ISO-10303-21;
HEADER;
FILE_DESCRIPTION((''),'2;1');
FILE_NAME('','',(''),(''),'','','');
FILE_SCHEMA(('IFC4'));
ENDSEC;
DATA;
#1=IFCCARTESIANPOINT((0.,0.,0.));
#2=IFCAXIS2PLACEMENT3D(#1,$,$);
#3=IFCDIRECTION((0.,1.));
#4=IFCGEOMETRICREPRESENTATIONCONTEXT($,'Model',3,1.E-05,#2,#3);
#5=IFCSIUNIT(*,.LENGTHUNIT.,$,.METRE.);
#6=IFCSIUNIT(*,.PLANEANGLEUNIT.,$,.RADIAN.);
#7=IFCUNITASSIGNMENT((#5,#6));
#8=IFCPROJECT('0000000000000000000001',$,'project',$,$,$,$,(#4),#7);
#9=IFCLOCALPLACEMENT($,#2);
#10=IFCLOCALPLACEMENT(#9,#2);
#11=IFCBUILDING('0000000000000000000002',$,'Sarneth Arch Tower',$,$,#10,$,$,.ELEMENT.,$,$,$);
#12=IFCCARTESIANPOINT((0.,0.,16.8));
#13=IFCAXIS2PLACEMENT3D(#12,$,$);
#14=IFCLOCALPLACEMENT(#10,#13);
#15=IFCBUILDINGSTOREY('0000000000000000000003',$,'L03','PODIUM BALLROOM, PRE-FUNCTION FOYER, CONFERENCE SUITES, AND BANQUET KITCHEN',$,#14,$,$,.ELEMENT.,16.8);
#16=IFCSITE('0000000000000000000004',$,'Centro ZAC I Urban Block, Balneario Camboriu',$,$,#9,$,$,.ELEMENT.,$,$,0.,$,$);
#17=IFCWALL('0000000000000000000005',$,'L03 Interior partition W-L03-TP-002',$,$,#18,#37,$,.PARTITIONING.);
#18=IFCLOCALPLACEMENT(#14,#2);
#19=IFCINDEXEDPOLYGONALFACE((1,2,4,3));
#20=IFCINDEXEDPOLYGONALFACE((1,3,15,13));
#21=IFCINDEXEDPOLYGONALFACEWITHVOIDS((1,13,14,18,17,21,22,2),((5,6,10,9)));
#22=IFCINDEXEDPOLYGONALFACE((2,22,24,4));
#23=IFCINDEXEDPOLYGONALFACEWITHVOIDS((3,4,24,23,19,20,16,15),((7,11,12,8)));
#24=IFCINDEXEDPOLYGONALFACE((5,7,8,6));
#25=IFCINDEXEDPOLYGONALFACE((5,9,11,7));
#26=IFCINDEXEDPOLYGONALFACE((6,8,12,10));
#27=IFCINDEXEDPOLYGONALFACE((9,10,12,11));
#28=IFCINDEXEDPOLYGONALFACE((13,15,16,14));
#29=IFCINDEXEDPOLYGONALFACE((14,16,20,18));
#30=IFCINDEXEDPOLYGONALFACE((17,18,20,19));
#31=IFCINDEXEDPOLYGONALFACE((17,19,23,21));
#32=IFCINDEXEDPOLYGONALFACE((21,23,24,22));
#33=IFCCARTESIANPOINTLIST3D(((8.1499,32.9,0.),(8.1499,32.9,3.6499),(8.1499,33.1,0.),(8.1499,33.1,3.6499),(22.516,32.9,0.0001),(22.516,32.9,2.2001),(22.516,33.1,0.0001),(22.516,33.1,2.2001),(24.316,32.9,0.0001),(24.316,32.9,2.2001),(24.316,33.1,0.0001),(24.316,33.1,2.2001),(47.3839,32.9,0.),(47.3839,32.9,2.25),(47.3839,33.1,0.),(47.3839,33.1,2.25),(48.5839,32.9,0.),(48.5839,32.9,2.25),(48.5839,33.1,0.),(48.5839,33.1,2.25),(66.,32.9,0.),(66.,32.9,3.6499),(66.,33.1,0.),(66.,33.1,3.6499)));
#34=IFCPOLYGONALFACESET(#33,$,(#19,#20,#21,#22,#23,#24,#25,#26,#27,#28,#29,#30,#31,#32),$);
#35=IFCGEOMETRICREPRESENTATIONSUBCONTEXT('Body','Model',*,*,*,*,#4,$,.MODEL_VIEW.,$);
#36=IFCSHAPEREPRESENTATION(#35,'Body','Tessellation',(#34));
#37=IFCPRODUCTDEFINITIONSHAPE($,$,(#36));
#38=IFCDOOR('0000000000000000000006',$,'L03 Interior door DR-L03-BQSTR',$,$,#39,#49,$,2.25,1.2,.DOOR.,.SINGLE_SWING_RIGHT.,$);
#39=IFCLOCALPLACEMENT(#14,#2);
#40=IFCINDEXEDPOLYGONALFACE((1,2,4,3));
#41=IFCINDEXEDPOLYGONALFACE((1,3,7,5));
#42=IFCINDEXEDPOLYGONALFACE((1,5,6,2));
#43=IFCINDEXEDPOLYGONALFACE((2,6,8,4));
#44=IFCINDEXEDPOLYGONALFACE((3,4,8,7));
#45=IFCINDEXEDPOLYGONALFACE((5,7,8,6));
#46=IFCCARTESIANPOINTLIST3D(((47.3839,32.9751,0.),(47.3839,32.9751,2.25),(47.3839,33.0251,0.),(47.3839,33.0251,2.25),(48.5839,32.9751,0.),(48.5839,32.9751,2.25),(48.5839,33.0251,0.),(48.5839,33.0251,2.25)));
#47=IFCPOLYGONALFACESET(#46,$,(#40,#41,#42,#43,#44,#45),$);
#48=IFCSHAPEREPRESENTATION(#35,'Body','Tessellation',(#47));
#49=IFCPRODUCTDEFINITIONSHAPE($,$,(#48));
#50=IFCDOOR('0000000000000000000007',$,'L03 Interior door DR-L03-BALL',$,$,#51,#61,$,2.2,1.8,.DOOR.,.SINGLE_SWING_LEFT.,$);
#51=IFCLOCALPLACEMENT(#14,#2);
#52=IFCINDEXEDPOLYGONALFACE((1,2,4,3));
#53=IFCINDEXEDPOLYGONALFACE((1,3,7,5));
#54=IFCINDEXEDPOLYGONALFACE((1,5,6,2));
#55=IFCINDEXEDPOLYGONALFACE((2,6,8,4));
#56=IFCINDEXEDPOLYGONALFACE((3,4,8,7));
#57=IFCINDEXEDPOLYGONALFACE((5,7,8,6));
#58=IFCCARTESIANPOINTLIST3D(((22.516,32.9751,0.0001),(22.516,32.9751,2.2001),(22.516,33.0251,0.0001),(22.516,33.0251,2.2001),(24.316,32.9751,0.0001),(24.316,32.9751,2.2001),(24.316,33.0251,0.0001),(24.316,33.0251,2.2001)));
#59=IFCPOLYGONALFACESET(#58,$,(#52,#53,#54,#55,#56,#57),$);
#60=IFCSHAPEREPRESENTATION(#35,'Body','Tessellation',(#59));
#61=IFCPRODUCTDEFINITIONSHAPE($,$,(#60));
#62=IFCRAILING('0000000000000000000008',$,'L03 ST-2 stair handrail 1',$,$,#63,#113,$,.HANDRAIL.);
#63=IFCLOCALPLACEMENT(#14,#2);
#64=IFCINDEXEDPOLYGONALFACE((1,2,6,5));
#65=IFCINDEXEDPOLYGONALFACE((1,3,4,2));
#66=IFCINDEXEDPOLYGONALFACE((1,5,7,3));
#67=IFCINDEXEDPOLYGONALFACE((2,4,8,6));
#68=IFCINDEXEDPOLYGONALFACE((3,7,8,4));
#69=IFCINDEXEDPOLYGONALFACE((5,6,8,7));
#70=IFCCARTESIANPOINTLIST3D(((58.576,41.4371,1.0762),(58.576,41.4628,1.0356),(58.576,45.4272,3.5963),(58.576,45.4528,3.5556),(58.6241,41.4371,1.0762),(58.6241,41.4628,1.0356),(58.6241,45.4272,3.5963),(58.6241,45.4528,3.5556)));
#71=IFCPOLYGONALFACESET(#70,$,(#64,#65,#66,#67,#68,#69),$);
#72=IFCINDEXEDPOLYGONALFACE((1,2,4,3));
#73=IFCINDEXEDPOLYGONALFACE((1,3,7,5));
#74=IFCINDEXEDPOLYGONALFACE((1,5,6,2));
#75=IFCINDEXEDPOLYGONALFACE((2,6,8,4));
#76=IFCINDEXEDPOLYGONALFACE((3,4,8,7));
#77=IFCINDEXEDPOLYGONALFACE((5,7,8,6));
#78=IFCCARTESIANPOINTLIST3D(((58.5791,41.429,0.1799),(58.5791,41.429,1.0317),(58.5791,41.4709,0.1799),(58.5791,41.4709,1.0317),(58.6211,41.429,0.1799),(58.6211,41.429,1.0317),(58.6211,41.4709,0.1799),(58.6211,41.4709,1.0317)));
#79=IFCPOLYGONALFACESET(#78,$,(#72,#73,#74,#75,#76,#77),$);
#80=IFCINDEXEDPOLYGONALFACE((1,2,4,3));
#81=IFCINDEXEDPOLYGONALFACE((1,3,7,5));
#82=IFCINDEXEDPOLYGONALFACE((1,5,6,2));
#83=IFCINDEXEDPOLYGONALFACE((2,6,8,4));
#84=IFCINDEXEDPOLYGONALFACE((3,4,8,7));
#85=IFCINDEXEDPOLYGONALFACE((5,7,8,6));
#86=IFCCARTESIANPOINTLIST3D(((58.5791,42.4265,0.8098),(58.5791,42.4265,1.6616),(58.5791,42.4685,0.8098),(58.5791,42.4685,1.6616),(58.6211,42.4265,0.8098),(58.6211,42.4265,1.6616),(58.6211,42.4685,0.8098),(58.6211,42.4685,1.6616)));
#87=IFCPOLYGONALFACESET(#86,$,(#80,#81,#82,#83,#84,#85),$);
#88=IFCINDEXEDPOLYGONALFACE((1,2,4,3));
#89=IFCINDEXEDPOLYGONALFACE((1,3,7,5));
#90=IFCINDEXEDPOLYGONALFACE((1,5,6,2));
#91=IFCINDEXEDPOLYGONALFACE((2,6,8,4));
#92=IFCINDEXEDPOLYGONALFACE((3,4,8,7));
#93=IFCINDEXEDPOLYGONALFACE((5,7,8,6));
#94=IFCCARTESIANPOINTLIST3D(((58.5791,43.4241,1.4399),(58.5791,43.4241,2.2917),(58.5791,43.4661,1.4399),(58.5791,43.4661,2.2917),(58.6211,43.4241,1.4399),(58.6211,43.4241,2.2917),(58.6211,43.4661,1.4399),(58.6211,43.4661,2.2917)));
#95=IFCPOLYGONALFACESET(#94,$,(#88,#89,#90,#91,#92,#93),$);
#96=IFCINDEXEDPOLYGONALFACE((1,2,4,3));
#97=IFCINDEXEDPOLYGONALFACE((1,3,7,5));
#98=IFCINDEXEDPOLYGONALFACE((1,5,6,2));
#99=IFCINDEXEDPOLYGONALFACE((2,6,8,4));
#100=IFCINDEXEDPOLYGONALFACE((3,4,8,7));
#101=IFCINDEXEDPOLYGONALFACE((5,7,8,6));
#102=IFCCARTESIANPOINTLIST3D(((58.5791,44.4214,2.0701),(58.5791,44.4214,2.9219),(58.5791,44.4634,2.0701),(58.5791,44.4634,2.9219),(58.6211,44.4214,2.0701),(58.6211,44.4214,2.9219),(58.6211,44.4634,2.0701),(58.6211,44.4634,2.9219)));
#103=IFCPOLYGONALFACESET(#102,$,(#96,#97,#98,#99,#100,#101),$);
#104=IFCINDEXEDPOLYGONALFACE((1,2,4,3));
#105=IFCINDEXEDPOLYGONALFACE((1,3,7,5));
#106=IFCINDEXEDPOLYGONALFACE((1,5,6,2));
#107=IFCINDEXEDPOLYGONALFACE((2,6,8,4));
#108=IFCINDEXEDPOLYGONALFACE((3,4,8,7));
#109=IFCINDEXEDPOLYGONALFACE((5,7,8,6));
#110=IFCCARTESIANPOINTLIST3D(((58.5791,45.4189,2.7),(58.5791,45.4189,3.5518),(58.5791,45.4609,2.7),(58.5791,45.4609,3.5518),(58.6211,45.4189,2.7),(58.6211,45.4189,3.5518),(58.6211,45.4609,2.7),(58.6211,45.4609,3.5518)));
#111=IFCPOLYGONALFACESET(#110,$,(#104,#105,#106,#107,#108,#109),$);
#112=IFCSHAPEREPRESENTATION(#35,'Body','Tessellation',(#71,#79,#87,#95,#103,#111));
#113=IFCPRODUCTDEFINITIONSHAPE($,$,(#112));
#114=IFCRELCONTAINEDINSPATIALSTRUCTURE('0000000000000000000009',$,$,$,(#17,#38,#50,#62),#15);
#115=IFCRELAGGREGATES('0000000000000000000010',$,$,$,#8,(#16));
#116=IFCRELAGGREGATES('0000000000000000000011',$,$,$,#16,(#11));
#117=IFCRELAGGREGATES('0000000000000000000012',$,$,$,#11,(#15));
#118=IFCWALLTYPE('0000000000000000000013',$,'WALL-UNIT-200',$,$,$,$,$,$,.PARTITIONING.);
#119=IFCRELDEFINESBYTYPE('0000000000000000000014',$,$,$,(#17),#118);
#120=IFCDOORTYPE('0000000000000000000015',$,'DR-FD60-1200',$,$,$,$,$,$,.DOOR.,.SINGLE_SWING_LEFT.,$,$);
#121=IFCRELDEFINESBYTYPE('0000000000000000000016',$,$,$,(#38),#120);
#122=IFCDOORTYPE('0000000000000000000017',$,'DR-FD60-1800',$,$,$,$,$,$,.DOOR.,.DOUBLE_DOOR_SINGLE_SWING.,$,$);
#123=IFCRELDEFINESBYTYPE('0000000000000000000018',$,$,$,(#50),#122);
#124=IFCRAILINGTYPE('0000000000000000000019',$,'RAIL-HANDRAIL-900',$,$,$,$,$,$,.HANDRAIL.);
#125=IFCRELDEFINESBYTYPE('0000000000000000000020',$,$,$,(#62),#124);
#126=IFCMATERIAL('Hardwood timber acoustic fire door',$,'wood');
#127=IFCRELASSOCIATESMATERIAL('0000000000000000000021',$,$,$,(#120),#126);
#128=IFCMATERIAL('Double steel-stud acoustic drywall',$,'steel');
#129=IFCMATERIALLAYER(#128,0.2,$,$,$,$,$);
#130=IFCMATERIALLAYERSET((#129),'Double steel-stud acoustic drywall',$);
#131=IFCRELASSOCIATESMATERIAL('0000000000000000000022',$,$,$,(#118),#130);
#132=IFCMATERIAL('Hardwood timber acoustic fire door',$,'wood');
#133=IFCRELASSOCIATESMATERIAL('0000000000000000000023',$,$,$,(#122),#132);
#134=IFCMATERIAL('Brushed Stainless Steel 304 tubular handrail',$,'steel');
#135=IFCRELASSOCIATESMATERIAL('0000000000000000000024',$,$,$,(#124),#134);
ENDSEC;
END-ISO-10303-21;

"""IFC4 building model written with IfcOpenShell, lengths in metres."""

from ifc_helpers import new_model, si_unit, direction, frame, frame_2d, origin, origin_2d, place, context, subcontext, project, spatial, rectangle, extrude, material, layer, layer_set, type_object, element, fill, save


model = new_model("IFC4")

# Units and contexts
model_context = context("Model", 3, precision=1e-05, world=origin(), true_north=direction((0.0, 1.0)))
body_context = subcontext(model_context, "Body", "Model", "MODEL_VIEW")
ifc_project = project(units=[si_unit("LENGTHUNIT", "METRE"), si_unit("PLANEANGLEUNIT", "RADIAN")], contexts=[model_context])

# Site, building, storey
site_placement = place(None, origin())
site = spatial("IfcSite", under=ifc_project, at=site_placement, Name="Centro ZAC I Urban Block, Balneario Camboriu", CompositionType="ELEMENT", RefElevation=0.0)
building_placement = place(site_placement, origin())
building = spatial("IfcBuilding", under=site, at=building_placement, Name="Sarneth Arch Tower", CompositionType="ELEMENT")
storey_placement = place(building_placement, frame((0.0, 0.0, 16.8)))
storey = spatial("IfcBuildingStorey", under=building, at=storey_placement, Name="L03", Description="PODIUM BALLROOM, PRE-FUNCTION FOYER, CONFERENCE SUITES, AND BANQUET KITCHEN", CompositionType="ELEMENT", Elevation=16.8)

# Shared definitions
ifc_material_1 = material(Name="Hardwood timber acoustic fire door", Category="wood")
door_type_1 = type_object("IfcDoorType", Name="DR-FD60-1200", OperationType="SINGLE_SWING_LEFT", PredefinedType="DOOR", material=ifc_material_1)

# Wall, openings, doors
ifc_material_2 = material(Name="Double steel-stud acoustic drywall", Category="steel")
ifc_layer_1 = layer(ifc_material_2, 0.2)
ifc_layer_set_1 = layer_set([ifc_layer_1], Name="Double steel-stud acoustic drywall")
wall_type_1 = type_object("IfcWallType", Name="WALL-UNIT-200", PredefinedType="PARTITIONING", material=ifc_layer_set_1)
wall_1_placement = place(storey_placement, frame((66.0, 33.0, 0.0), z_axis=(0.0, 0.0, 1.0), x_axis=(-1.0, 0.0, 0.0)))
wall_1 = element("IfcWall", 1, at=wall_1_placement, inside=storey, type_object=wall_type_1, Name="L03 Interior partition W-L03-TP-002", PredefinedType="PARTITIONING", context=body_context, shape_type="SweptSolid", body=[
    extrude(rectangle(XDim=57.8501, YDim=0.2, at=frame_2d((28.925, 0.0))), origin(), (0.0, 0.0, 1.0), 3.6499),
])
opening_1_placement = place(wall_1_placement, frame((17.416, 0.0, 0.0)))
opening_1 = element("IfcOpeningElement", 2, at=opening_1_placement, cuts=wall_1, PredefinedType="OPENING", context=body_context, shape_type="SweptSolid", body=[
    extrude(rectangle(XDim=1.2, YDim=2.25, at=frame_2d((0.6001, 1.125))), frame((0.0, 0.1099, 0.0), z_axis=(0.0, -1.0, 0.0), x_axis=(1.0, 0.0, 0.0)), (0.0, 0.0, 1.0), 0.22),
])
opening_2_placement = place(wall_1_placement, frame((41.6841, 0.0, 0.0)))
opening_2 = element("IfcOpeningElement", 3, at=opening_2_placement, cuts=wall_1, PredefinedType="OPENING", context=body_context, shape_type="SweptSolid", body=[
    extrude(rectangle(XDim=1.8, YDim=2.2, at=frame_2d((0.8999, 1.1001))), frame((0.0, 0.1099, 0.0), z_axis=(0.0, -1.0, 0.0), x_axis=(1.0, 0.0, 0.0)), (0.0, 0.0, 1.0), 0.22),
])
door_1_placement = place(opening_1_placement, origin())
door_1 = element("IfcDoor", 4, at=door_1_placement, inside=storey, type_object=door_type_1, Name="L03 Interior door DR-L03-BQSTR", OperationType="SINGLE_SWING_RIGHT", OverallHeight=2.25, OverallWidth=1.2, PredefinedType="DOOR", context=body_context, shape_type="SweptSolid", body=[
    extrude(rectangle(XDim=1.2, YDim=2.25, at=frame_2d((0.6001, 1.125))), frame((0.0, 0.0249, 0.0), z_axis=(0.0, -1.0, 0.0), x_axis=(1.0, 0.0, 0.0)), (0.0, 0.0, 1.0), 0.05),
])
fill(opening_1, door_1)
ifc_material_3 = material(Name="Hardwood timber acoustic fire door", Category="wood")
door_type_2 = type_object("IfcDoorType", Name="DR-FD60-1800", OperationType="DOUBLE_DOOR_SINGLE_SWING", PredefinedType="DOOR", material=ifc_material_3)
door_2_placement = place(opening_2_placement, origin())
door_2 = element("IfcDoor", 5, at=door_2_placement, inside=storey, type_object=door_type_2, Name="L03 Interior door DR-L03-BALL", OperationType="SINGLE_SWING_LEFT", OverallHeight=2.2, OverallWidth=1.8, PredefinedType="DOOR", context=body_context, shape_type="SweptSolid", body=[
    extrude(rectangle(XDim=1.8, YDim=2.2, at=frame_2d((0.8999, 1.1001))), frame((0.0, 0.0249, 0.0), z_axis=(0.0, -1.0, 0.0), x_axis=(1.0, 0.0, 0.0)), (0.0, 0.0, 1.0), 0.05),
])
fill(opening_2, door_2)

# Railing
ifc_material_4 = material(Name="Brushed Stainless Steel 304 tubular handrail", Category="steel")
railing_type = type_object("IfcRailingType", Name="RAIL-HANDRAIL-900", PredefinedType="HANDRAIL", material=ifc_material_4)
railing_placement = place(storey_placement, frame((58.6001, 41.45, 0.1799)))
element("IfcRailing", 6, at=railing_placement, inside=storey, type_object=railing_type, Name="L03 ST-2 stair handrail 1", PredefinedType="HANDRAIL", context=body_context, shape_type="SweptSolid", body=[
    extrude(rectangle(XDim=0.0481, YDim=0.0481, at=origin_2d()), frame((0.0, 0.0, 0.876), z_axis=(0.0, 0.845486, 0.533997), x_axis=(-1.0, 0.0, 0.0)), (0.0, 0.0, 1.0), 4.7192),
    extrude(rectangle(XDim=0.042, YDim=0.042, at=origin_2d()), origin(), (0.0, 0.0, 1.0), 0.8518),
    extrude(rectangle(XDim=0.042, YDim=0.042, at=origin_2d()), frame((0.0, 0.9976, 0.6299)), (0.0, 0.0, 1.0), 0.8518),
    extrude(rectangle(XDim=0.042, YDim=0.042, at=origin_2d()), frame((0.0, 1.9951, 1.26)), (0.0, 0.0, 1.0), 0.8518),
    extrude(rectangle(XDim=0.042, YDim=0.042, at=origin_2d()), frame((0.0, 2.9924, 1.8901)), (0.0, 0.0, 1.0), 0.8518),
    extrude(rectangle(XDim=0.042, YDim=0.042, at=origin_2d()), frame((0.0, 3.99, 2.52)), (0.0, 0.0, 1.0), 0.8518),
])

save(model, "model.ifc")
